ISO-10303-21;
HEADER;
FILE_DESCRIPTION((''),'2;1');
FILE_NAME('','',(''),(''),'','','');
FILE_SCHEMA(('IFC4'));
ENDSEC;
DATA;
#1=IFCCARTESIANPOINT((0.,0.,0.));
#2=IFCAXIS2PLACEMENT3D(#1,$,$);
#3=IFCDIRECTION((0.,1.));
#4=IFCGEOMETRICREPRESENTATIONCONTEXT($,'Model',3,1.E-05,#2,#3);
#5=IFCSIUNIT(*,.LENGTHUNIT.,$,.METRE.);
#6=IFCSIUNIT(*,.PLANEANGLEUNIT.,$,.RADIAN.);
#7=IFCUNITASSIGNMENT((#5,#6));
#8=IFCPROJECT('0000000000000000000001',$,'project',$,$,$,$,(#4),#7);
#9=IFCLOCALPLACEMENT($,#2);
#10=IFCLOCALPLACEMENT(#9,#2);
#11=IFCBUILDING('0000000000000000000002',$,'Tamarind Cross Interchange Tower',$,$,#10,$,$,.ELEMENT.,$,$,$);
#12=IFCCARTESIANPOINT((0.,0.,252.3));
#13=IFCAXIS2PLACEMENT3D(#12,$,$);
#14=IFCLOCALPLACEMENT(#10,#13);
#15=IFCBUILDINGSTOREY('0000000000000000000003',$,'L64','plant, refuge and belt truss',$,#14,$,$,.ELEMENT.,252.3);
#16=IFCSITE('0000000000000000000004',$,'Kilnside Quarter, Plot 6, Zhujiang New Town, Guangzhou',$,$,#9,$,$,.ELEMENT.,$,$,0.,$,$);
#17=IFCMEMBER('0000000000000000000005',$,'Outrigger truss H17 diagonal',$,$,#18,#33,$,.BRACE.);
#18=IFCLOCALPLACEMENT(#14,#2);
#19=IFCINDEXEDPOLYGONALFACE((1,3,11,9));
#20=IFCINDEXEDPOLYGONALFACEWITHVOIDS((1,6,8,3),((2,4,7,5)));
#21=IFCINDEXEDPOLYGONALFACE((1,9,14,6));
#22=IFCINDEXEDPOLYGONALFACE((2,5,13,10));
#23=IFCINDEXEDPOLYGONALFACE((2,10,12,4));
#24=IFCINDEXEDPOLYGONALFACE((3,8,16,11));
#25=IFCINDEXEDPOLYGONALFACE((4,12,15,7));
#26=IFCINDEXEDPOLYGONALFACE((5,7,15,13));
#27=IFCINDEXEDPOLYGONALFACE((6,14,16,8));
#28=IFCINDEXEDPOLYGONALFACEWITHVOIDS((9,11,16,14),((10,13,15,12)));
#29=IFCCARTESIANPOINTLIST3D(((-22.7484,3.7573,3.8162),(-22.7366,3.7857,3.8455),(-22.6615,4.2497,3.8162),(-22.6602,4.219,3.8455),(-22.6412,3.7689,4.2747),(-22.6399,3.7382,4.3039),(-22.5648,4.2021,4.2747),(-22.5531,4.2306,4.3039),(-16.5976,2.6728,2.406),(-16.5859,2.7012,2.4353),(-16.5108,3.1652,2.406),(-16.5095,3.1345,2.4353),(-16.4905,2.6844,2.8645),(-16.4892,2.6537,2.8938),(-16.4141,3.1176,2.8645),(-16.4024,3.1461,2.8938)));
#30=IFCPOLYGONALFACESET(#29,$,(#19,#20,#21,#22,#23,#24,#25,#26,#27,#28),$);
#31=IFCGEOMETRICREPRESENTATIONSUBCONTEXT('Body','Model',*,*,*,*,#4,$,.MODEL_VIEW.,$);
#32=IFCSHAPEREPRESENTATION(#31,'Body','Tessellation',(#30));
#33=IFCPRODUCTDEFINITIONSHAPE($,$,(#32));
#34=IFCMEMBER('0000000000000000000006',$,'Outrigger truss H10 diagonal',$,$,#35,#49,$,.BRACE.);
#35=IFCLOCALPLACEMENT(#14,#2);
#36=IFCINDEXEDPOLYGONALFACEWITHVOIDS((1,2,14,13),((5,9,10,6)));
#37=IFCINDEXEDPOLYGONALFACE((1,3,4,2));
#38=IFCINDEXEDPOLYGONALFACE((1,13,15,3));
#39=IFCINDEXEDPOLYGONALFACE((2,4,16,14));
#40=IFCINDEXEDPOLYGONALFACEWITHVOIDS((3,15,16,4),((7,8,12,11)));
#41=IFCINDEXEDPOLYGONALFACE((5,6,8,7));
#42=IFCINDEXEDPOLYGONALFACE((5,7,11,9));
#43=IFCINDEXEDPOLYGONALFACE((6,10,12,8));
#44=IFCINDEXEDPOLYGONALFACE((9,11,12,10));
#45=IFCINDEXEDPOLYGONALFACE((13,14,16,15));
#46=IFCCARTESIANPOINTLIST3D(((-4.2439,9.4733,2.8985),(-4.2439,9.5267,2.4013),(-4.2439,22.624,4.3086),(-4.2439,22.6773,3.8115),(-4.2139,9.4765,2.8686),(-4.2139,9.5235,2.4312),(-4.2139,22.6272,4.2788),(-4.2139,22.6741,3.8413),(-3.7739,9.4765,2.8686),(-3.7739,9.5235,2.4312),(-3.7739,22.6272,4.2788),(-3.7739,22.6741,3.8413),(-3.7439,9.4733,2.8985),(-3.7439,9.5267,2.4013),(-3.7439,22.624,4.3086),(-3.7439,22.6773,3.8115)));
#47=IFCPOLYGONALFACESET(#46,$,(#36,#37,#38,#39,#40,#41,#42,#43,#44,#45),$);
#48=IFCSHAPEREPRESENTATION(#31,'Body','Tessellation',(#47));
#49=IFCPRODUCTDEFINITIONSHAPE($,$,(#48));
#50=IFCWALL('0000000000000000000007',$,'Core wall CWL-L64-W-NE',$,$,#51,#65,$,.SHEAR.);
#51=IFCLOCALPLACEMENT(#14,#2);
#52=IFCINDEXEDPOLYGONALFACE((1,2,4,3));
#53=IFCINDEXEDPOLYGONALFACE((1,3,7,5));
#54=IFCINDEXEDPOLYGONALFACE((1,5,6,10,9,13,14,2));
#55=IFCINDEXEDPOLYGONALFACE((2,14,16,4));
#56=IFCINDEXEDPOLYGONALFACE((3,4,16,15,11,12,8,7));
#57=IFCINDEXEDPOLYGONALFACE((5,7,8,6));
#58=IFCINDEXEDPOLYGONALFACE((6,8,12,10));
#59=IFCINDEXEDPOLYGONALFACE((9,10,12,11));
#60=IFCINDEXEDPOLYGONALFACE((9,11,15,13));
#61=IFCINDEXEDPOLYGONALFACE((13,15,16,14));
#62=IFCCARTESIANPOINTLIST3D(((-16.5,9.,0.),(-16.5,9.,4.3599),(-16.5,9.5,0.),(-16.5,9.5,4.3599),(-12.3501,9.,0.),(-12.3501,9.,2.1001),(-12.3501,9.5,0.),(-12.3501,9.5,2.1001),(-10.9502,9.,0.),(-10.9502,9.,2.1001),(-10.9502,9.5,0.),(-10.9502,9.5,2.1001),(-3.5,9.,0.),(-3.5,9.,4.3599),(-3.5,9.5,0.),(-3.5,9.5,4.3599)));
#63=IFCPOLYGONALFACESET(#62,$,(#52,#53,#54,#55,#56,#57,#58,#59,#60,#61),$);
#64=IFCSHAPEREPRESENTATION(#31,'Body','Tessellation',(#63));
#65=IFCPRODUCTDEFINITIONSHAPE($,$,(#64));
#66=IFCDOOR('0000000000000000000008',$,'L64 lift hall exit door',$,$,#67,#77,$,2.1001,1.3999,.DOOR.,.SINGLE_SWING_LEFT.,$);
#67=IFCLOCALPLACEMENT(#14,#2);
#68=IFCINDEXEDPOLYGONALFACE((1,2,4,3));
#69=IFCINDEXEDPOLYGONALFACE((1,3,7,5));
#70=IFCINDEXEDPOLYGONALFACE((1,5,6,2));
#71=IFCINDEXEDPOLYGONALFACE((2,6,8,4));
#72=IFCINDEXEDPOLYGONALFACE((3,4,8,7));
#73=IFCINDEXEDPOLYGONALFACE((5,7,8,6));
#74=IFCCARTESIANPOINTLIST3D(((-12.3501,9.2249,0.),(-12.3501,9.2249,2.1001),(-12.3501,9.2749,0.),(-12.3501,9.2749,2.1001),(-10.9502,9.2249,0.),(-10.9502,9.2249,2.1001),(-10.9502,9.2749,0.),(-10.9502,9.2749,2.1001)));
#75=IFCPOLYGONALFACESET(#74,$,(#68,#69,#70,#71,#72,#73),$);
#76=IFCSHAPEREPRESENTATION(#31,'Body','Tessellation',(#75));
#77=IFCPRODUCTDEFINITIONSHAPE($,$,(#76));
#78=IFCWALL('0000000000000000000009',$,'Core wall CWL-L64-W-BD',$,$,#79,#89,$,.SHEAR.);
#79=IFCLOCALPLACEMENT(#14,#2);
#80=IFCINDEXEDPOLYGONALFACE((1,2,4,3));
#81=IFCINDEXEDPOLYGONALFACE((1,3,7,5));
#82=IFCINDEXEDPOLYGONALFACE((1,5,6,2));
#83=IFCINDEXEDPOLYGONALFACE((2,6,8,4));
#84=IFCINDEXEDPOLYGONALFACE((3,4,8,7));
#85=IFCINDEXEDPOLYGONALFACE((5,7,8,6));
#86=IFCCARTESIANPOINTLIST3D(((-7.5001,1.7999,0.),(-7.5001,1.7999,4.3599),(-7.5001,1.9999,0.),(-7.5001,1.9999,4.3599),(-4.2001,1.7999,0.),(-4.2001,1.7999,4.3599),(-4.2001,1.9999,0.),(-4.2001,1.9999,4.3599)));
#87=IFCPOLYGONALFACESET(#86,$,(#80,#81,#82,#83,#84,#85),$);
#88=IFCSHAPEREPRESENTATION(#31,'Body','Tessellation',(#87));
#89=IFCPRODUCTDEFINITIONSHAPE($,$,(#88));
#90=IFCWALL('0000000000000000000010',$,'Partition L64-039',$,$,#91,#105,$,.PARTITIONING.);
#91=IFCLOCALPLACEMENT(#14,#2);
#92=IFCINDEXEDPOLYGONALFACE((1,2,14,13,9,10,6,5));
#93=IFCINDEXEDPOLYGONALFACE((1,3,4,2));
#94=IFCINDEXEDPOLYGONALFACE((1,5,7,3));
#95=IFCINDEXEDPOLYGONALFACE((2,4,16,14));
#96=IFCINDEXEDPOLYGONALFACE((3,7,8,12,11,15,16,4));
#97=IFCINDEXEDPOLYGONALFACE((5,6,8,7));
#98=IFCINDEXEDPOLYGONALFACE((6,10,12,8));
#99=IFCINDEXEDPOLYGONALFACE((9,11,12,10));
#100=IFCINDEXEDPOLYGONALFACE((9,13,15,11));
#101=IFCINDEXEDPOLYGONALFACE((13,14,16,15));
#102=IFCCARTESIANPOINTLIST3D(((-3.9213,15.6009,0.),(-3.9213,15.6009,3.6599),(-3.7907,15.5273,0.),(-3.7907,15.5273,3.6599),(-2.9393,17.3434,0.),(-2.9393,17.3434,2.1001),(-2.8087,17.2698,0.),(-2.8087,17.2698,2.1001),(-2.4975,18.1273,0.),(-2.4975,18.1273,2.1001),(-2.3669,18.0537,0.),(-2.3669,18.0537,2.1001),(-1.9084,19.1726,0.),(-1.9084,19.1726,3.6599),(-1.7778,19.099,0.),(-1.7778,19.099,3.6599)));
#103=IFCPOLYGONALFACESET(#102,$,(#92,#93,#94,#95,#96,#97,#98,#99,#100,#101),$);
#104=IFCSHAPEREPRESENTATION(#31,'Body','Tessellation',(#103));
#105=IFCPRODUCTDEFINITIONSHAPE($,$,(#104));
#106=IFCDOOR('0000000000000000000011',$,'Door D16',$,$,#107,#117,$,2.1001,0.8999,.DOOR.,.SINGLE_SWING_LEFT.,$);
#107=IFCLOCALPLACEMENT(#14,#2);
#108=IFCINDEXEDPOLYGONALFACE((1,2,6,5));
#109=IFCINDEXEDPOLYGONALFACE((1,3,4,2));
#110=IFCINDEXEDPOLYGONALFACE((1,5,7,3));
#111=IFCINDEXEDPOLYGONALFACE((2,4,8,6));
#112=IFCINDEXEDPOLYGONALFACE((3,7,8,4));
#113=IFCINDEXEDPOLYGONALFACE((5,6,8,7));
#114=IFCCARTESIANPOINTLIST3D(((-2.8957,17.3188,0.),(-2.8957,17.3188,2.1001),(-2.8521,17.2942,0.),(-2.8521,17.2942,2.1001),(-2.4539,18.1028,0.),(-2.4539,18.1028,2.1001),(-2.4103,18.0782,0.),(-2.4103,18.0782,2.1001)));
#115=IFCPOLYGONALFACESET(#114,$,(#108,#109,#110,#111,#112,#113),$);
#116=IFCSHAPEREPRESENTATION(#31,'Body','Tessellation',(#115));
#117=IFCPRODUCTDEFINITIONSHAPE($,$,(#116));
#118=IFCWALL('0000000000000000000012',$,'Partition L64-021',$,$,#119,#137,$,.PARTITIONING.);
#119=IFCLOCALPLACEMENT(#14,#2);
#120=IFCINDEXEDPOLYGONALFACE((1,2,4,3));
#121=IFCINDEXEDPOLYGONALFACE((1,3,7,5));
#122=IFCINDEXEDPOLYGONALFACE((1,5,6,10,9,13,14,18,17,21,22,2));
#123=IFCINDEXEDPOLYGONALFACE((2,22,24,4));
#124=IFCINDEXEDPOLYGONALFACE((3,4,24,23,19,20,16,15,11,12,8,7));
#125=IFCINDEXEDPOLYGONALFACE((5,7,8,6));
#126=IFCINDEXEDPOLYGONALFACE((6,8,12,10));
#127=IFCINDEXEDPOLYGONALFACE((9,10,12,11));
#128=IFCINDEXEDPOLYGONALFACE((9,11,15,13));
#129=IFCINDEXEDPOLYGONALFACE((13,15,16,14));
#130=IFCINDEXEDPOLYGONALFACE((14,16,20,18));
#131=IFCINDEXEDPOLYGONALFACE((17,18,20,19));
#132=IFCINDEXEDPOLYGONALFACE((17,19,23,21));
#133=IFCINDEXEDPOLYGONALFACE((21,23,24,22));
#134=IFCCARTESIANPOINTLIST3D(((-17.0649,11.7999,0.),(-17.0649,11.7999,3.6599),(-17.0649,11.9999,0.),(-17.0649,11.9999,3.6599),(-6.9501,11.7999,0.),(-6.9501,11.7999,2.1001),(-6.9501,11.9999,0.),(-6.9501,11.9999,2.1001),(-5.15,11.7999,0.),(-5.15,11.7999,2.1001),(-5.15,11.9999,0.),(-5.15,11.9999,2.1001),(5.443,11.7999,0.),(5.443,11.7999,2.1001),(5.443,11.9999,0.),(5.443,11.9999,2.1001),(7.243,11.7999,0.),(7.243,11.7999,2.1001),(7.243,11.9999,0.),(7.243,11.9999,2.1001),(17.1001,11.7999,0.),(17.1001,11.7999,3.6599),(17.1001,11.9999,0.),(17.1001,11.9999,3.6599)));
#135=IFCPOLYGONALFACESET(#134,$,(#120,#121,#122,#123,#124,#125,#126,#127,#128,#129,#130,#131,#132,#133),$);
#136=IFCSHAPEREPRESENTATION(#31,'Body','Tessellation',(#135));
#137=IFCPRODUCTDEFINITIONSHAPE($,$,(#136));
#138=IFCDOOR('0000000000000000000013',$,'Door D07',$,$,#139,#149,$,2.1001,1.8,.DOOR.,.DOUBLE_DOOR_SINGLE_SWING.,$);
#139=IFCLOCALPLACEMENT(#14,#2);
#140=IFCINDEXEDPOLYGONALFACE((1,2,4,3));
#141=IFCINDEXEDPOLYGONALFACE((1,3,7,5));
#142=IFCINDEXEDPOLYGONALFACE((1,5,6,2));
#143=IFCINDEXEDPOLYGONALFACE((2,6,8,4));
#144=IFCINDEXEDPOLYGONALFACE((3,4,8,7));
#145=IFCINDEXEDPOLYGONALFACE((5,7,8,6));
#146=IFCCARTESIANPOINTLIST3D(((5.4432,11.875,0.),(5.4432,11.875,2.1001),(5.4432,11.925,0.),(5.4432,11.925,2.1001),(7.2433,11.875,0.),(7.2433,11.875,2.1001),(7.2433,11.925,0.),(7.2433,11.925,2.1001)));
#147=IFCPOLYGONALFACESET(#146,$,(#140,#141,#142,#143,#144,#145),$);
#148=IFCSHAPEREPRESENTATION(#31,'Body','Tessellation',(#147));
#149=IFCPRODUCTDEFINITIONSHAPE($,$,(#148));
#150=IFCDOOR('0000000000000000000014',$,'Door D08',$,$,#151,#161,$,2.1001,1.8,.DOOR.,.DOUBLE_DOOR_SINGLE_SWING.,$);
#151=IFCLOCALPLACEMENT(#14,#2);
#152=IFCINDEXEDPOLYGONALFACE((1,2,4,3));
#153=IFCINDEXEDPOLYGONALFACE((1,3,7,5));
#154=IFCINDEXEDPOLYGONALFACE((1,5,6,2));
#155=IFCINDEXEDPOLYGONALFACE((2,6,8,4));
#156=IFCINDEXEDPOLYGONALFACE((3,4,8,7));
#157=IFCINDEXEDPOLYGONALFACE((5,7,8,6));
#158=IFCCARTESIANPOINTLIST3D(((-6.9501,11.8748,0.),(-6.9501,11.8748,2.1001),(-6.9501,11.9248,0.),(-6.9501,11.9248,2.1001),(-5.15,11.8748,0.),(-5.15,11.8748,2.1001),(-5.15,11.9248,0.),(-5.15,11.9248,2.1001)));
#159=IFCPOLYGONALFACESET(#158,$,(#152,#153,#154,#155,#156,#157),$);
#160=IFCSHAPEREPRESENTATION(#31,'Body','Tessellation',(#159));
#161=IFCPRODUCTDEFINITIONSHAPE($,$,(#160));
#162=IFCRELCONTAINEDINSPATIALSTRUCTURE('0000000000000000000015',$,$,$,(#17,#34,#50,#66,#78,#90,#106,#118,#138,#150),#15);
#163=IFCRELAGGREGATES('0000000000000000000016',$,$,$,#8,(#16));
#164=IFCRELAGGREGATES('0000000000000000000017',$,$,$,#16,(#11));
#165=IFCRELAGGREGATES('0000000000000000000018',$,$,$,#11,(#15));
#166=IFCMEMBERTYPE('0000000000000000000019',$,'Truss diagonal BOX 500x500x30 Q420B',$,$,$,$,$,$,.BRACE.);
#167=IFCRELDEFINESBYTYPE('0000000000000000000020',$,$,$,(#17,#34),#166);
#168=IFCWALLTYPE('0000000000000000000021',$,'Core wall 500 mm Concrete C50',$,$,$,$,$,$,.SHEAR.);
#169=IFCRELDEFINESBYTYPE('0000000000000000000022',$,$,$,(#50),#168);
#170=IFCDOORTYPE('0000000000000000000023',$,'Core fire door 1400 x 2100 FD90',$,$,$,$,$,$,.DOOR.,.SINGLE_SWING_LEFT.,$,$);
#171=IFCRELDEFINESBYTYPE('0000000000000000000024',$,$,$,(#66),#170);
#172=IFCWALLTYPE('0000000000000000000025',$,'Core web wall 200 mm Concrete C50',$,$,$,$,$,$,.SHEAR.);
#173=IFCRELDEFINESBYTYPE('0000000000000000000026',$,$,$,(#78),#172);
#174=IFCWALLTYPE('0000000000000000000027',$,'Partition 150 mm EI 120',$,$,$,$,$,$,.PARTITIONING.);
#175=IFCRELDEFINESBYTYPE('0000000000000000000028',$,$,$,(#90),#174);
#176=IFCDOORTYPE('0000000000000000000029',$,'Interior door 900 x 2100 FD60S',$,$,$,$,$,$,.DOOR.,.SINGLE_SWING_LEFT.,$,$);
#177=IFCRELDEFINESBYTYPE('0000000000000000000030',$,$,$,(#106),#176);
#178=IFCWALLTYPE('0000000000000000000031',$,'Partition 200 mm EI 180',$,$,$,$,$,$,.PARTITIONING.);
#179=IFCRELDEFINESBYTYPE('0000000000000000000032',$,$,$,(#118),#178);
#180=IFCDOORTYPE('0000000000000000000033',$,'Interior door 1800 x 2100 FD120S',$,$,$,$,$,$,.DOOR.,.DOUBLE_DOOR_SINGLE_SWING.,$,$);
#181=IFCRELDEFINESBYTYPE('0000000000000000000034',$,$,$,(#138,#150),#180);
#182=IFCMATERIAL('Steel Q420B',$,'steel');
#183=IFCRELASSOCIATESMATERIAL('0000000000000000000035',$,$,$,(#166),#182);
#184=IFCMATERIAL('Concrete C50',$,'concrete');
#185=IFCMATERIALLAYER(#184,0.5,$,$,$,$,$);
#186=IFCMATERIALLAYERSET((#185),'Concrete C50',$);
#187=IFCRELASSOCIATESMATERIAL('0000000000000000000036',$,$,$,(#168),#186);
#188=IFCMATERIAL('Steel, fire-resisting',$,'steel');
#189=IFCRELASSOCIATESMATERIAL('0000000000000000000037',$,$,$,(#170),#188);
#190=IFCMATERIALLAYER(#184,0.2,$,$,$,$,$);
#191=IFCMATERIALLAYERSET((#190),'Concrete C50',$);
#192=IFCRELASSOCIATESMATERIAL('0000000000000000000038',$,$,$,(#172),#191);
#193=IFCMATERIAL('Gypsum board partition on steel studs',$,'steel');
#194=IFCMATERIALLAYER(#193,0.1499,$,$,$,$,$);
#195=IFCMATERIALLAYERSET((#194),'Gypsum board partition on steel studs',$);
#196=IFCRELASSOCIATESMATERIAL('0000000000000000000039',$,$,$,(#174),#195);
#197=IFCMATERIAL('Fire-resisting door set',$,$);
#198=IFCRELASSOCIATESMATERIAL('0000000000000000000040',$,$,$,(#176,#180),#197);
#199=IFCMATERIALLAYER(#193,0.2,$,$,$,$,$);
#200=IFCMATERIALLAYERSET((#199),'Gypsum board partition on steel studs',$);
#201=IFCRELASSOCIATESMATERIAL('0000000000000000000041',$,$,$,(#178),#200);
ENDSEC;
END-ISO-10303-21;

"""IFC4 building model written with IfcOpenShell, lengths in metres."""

from ifc_helpers import new_model, si_unit, direction, frame, frame_2d, origin, origin_2d, place, context, subcontext, project, spatial, rectangle, hollow_rectangle, extrude, material, layer, layer_set, material_profile, profile_set, type_object, element, fill, save


model = new_model("IFC4")

# Units and contexts
model_context = context("Model", 3, precision=1e-05, world=origin(), true_north=direction((0.0, 1.0)))
body_context = subcontext(model_context, "Body", "Model", "MODEL_VIEW")
ifc_project = project(units=[si_unit("LENGTHUNIT", "METRE"), si_unit("PLANEANGLEUNIT", "RADIAN")], contexts=[model_context])

# Site, building, storey
site_placement = place(None, origin())
site = spatial("IfcSite", under=ifc_project, at=site_placement, Name="Kilnside Quarter, Plot 6, Zhujiang New Town, Guangzhou", CompositionType="ELEMENT", RefElevation=0.0)
building_placement = place(site_placement, origin())
building = spatial("IfcBuilding", under=site, at=building_placement, Name="Tamarind Cross Interchange Tower", CompositionType="ELEMENT")
storey_placement = place(building_placement, frame((0.0, 0.0, 252.3)))
storey = spatial("IfcBuildingStorey", under=building, at=storey_placement, Name="L64", Description="plant, refuge and belt truss", CompositionType="ELEMENT", Elevation=252.3)

# Shared definitions
ifc_material_1 = material(Name="Concrete C50", Category="concrete")

# Members
ifc_material_2 = material(Name="Steel Q420B", Category="steel")
ifc_material_profile_1 = material_profile(ifc_material_2, hollow_rectangle(XDim=0.5, YDim=0.5, WallThickness=0.03, at=origin_2d()), Name="BOX 500x500x30")
ifc_profile_set_1 = profile_set([ifc_material_profile_1], Name="Steel Q420B")
member_type_1 = type_object("IfcMemberType", Name="Truss diagonal BOX 500x500x30 Q420B", PredefinedType="BRACE", material=ifc_profile_set_1)
member_1_placement = place(storey_placement, frame((-16.5, 2.9094, 2.6499), z_axis=(-0.960627, 0.169377, 0.220243), x_axis=(-0.17364, -0.984809, 0.0)))
element("IfcMember", 1, at=member_1_placement, inside=storey, type_object=member_type_1, Name="Outrigger truss H17 diagonal", PredefinedType="BRACE", context=body_context, shape_type="SweptSolid", body=[
    extrude(hollow_rectangle(XDim=0.5, YDim=0.5, WallThickness=0.03, at=origin_2d()), origin(), (0.0, 0.0, 1.0), 6.4028),
])
member_2_placement = place(storey_placement, frame((-3.9939, 9.5, 2.6499), z_axis=(0.0, 0.9943, 0.10662), x_axis=(-1.0, 0.0, 0.0)))
element("IfcMember", 2, at=member_2_placement, inside=storey, type_object=member_type_1, Name="Outrigger truss H10 diagonal", PredefinedType="BRACE", context=body_context, shape_type="SweptSolid", body=[
    extrude(hollow_rectangle(XDim=0.5, YDim=0.5, WallThickness=0.03, at=origin_2d()), origin(), (0.0, 0.0, 1.0), 13.2261),
])

# Wall, opening, door
ifc_layer_1 = layer(ifc_material_1, 0.5)
ifc_layer_set_1 = layer_set([ifc_layer_1], Name="Concrete C50")
wall_type_1 = type_object("IfcWallType", Name="Core wall 500 mm Concrete C50", PredefinedType="SHEAR", material=ifc_layer_set_1)
wall_1_placement = place(storey_placement, frame((-16.5, 9.25, 0.0), z_axis=(0.0, 0.0, 1.0), x_axis=(1.0, 0.0, 0.0)))
wall_1 = element("IfcWall", 3, at=wall_1_placement, inside=storey, type_object=wall_type_1, Name="Core wall CWL-L64-W-NE", PredefinedType="SHEAR", context=body_context, shape_type="SweptSolid", body=[
    extrude(rectangle(XDim=13.0, YDim=0.5, at=frame_2d((6.5, 0.0))), origin(), (0.0, 0.0, 1.0), 4.3599),
])
opening_1_placement = place(wall_1_placement, frame((4.1499, 0.0, 0.0)))
opening_1 = element("IfcOpeningElement", 4, at=opening_1_placement, cuts=wall_1, PredefinedType="OPENING", context=body_context, shape_type="SweptSolid", body=[
    extrude(rectangle(XDim=1.3999, YDim=2.1001, at=frame_2d((0.7, 1.05))), frame((0.0, 0.26, 0.0), z_axis=(0.0, -1.0, 0.0), x_axis=(1.0, 0.0, 0.0)), (0.0, 0.0, 1.0), 0.52),
])
ifc_material_3 = material(Name="Steel, fire-resisting", Category="steel")
door_type_1 = type_object("IfcDoorType", Name="Core fire door 1400 x 2100 FD90", OperationType="SINGLE_SWING_LEFT", PredefinedType="DOOR", material=ifc_material_3)
door_1_placement = place(opening_1_placement, origin())
door_1 = element("IfcDoor", 5, at=door_1_placement, inside=storey, type_object=door_type_1, Name="L64 lift hall exit door", OperationType="SINGLE_SWING_LEFT", OverallHeight=2.1001, OverallWidth=1.3999, PredefinedType="DOOR", context=body_context, shape_type="SweptSolid", body=[
    extrude(rectangle(XDim=1.3999, YDim=2.1001, at=frame_2d((0.7, 1.05))), frame((0.0, 0.0249, 0.0), z_axis=(0.0, -1.0, 0.0), x_axis=(1.0, 0.0, 0.0)), (0.0, 0.0, 1.0), 0.05),
])
fill(opening_1, door_1)

# Wall
ifc_layer_2 = layer(ifc_material_1, 0.2)
ifc_layer_set_2 = layer_set([ifc_layer_2], Name="Concrete C50")
wall_type_2 = type_object("IfcWallType", Name="Core web wall 200 mm Concrete C50", PredefinedType="SHEAR", material=ifc_layer_set_2)
wall_2_placement = place(storey_placement, frame((-7.5, 1.8999, 0.0), z_axis=(0.0, 0.0, 1.0), x_axis=(1.0, 0.0, 0.0)))
element("IfcWall", 6, at=wall_2_placement, inside=storey, type_object=wall_type_2, Name="Core wall CWL-L64-W-BD", PredefinedType="SHEAR", context=body_context, shape_type="SweptSolid", body=[
    extrude(rectangle(XDim=3.3, YDim=0.2, at=frame_2d((1.6499, 0.0))), origin(), (0.0, 0.0, 1.0), 4.3599),
])

# Wall, opening, door
ifc_material_4 = material(Name="Gypsum board partition on steel studs", Category="steel")
ifc_layer_3 = layer(ifc_material_4, 0.1499)
ifc_layer_set_3 = layer_set([ifc_layer_3], Name="Gypsum board partition on steel studs")
wall_type_3 = type_object("IfcWallType", Name="Partition 150 mm EI 120", PredefinedType="PARTITIONING", material=ifc_layer_set_3)
wall_3_placement = place(storey_placement, frame((-3.856, 15.5642, 0.0), z_axis=(0.0, 0.0, 1.0), x_axis=(0.490968, 0.871178, 0.0)))
wall_3 = element("IfcWall", 7, at=wall_3_placement, inside=storey, type_object=wall_type_3, Name="Partition L64-039", PredefinedType="PARTITIONING", context=body_context, shape_type="SweptSolid", body=[
    extrude(rectangle(XDim=4.0999, YDim=0.1499, at=frame_2d((2.0498, 0.0))), origin(), (0.0, 0.0, 1.0), 3.6599),
])
opening_2_placement = place(wall_3_placement, frame((2.0, 0.0, 0.0)))
opening_2 = element("IfcOpeningElement", 8, at=opening_2_placement, cuts=wall_3, PredefinedType="OPENING", context=body_context, shape_type="SweptSolid", body=[
    extrude(rectangle(XDim=0.8999, YDim=2.1001, at=frame_2d((0.45, 1.05))), frame((0.0, 0.085, 0.0), z_axis=(0.0, -1.0, 0.0), x_axis=(1.0, 0.0, 0.0)), (0.0, 0.0, 1.0), 0.1699),
])
ifc_material_5 = material(Name="Fire-resisting door set")
door_type_2 = type_object("IfcDoorType", Name="Interior door 900 x 2100 FD60S", OperationType="SINGLE_SWING_LEFT", PredefinedType="DOOR", material=ifc_material_5)
door_2_placement = place(opening_2_placement, origin())
door_2 = element("IfcDoor", 9, at=door_2_placement, inside=storey, type_object=door_type_2, Name="Door D16", OperationType="SINGLE_SWING_LEFT", OverallHeight=2.1001, OverallWidth=0.8999, PredefinedType="DOOR", context=body_context, shape_type="SweptSolid", body=[
    extrude(rectangle(XDim=0.8999, YDim=2.1001, at=frame_2d((0.45, 1.05))), frame((0.0, 0.0249, 0.0), z_axis=(0.0, -1.0, 0.0), x_axis=(1.0, 0.0, 0.0)), (0.0, 0.0, 1.0), 0.05),
])
fill(opening_2, door_2)

# Wall, openings, doors
ifc_layer_4 = layer(ifc_material_4, 0.2)
ifc_layer_set_4 = layer_set([ifc_layer_4], Name="Gypsum board partition on steel studs")
wall_type_4 = type_object("IfcWallType", Name="Partition 200 mm EI 180", PredefinedType="PARTITIONING", material=ifc_layer_set_4)
wall_4_placement = place(storey_placement, frame((-17.0649, 11.8999, 0.0), z_axis=(0.0, 0.0, 1.0), x_axis=(1.0, 0.0, 0.0)))
wall_4 = element("IfcWall", 10, at=wall_4_placement, inside=storey, type_object=wall_type_4, Name="Partition L64-021", PredefinedType="PARTITIONING", context=body_context, shape_type="SweptSolid", body=[
    extrude(rectangle(XDim=34.165, YDim=0.2, at=frame_2d((17.0825, 0.0))), origin(), (0.0, 0.0, 1.0), 3.6599),
])
opening_3_placement = place(wall_4_placement, frame((22.5081, 0.0, 0.0)))
opening_3 = element("IfcOpeningElement", 11, at=opening_3_placement, cuts=wall_4, PredefinedType="OPENING", context=body_context, shape_type="SweptSolid", body=[
    extrude(rectangle(XDim=1.8, YDim=2.1001, at=frame_2d((0.8999, 1.05))), frame((0.0, 0.1099, 0.0), z_axis=(0.0, -1.0, 0.0), x_axis=(1.0, 0.0, 0.0)), (0.0, 0.0, 1.0), 0.22),
])
opening_4_placement = place(wall_4_placement, frame((10.115, 0.0, 0.0)))
opening_4 = element("IfcOpeningElement", 12, at=opening_4_placement, cuts=wall_4, PredefinedType="OPENING", context=body_context, shape_type="SweptSolid", body=[
    extrude(rectangle(XDim=1.8, YDim=2.1001, at=frame_2d((0.8999, 1.05))), frame((0.0, 0.1099, 0.0), z_axis=(0.0, -1.0, 0.0), x_axis=(1.0, 0.0, 0.0)), (0.0, 0.0, 1.0), 0.22),
])
door_type_3 = type_object("IfcDoorType", Name="Interior door 1800 x 2100 FD120S", OperationType="DOUBLE_DOOR_SINGLE_SWING", PredefinedType="DOOR", material=ifc_material_5)
door_3_placement = place(opening_3_placement, frame((1.8, 0.0, 0.0), z_axis=(0.0, 0.0, 1.0), x_axis=(-1.0, 0.0, 0.0)))
door_3 = element("IfcDoor", 13, at=door_3_placement, inside=storey, type_object=door_type_3, Name="Door D07", OperationType="DOUBLE_DOOR_SINGLE_SWING", OverallHeight=2.1001, OverallWidth=1.8, PredefinedType="DOOR", context=body_context, shape_type="SweptSolid", body=[
    extrude(rectangle(XDim=1.8, YDim=2.1001, at=frame_2d((0.8999, 1.05))), frame((0.0, 0.0249, 0.0), z_axis=(0.0, -1.0, 0.0), x_axis=(1.0, 0.0, 0.0)), (0.0, 0.0, 1.0), 0.05),
])
fill(opening_3, door_3)
door_4_placement = place(opening_4_placement, origin())
door_4 = element("IfcDoor", 14, at=door_4_placement, inside=storey, type_object=door_type_3, Name="Door D08", OperationType="DOUBLE_DOOR_SINGLE_SWING", OverallHeight=2.1001, OverallWidth=1.8, PredefinedType="DOOR", context=body_context, shape_type="SweptSolid", body=[
    extrude(rectangle(XDim=1.8, YDim=2.1001, at=frame_2d((0.8999, 1.05))), frame((0.0, 0.0249, 0.0), z_axis=(0.0, -1.0, 0.0), x_axis=(1.0, 0.0, 0.0)), (0.0, 0.0, 1.0), 0.05),
])
fill(opening_4, door_4)

save(model, "model.ifc")
